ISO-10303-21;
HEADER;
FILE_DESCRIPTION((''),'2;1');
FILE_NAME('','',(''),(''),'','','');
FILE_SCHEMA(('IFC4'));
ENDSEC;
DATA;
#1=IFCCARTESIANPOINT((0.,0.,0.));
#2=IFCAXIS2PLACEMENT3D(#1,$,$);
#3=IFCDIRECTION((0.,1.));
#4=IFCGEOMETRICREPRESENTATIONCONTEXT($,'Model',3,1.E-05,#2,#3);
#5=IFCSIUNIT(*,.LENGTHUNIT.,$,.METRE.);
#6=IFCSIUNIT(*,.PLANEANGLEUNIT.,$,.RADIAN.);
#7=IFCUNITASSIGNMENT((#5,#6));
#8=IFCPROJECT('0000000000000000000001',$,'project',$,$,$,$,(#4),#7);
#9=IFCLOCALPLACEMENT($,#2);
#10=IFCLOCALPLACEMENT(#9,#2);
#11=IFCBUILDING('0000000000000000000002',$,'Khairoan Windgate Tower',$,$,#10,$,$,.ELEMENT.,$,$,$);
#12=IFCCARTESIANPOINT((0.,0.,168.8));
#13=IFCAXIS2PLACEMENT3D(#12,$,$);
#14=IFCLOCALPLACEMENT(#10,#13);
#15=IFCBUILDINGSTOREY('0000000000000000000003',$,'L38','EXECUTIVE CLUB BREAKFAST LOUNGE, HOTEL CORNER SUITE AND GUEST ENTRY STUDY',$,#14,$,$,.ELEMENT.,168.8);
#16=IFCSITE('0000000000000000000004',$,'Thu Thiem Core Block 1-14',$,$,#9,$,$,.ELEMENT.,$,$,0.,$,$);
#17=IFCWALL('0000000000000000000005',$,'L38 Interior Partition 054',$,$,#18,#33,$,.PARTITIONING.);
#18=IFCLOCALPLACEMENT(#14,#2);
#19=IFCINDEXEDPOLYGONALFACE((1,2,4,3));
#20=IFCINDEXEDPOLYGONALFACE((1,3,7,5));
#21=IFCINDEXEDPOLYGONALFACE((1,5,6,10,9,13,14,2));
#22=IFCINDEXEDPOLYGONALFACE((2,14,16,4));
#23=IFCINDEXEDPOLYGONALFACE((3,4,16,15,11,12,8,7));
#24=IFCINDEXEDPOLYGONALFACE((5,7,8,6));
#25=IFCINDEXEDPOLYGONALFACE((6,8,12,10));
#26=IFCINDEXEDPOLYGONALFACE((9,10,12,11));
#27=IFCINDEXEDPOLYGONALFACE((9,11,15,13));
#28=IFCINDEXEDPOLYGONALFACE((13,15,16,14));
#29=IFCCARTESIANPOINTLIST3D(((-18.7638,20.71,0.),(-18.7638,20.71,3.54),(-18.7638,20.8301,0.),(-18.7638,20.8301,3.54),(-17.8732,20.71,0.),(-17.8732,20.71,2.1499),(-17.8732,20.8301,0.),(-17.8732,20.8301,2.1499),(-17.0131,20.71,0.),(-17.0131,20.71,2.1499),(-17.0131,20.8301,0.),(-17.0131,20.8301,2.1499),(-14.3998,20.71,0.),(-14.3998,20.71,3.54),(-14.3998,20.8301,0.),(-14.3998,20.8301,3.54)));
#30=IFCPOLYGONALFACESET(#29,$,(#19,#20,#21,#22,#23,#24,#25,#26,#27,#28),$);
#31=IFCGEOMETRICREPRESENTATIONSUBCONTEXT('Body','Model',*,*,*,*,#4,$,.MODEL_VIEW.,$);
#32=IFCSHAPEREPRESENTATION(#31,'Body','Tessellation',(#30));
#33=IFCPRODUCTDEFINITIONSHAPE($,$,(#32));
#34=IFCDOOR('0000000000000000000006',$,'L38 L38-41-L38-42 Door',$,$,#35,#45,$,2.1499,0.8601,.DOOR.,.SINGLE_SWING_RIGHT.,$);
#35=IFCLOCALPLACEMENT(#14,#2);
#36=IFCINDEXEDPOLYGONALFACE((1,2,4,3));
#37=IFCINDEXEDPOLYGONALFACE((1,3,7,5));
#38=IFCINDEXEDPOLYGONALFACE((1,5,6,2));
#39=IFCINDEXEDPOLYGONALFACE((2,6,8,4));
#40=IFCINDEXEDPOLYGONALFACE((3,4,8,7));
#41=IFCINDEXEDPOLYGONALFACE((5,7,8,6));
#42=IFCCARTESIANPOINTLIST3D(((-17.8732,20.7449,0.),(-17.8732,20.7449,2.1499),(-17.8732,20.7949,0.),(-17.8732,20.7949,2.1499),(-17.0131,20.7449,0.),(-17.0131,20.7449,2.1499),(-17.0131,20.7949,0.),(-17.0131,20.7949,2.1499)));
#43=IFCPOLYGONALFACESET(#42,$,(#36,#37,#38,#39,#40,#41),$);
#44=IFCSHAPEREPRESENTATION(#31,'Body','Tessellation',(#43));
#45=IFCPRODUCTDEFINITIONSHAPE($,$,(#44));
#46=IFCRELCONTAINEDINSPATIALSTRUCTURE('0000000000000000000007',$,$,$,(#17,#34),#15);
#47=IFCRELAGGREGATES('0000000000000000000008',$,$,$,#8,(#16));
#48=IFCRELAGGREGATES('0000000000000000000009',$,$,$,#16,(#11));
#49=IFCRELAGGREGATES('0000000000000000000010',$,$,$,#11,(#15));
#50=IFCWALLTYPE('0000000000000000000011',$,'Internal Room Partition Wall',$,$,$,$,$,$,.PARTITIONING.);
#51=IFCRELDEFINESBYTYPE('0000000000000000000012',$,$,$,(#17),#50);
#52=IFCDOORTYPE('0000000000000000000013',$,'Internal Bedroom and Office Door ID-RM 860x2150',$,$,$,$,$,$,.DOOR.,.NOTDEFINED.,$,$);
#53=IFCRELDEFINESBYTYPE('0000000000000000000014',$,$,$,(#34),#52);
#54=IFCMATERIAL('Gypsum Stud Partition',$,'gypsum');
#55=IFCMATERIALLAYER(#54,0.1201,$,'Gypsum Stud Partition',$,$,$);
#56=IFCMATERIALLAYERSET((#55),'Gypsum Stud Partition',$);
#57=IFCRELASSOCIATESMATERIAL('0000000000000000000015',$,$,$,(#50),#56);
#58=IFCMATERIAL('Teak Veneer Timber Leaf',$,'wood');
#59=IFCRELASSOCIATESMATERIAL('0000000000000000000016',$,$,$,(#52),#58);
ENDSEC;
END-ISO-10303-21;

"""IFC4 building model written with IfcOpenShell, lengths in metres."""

from ifc_helpers import new_model, si_unit, direction, frame, frame_2d, origin, place, context, subcontext, project, spatial, rectangle, extrude, material, layer, layer_set, type_object, element, fill, save


model = new_model("IFC4")

# Units and contexts
model_context = context("Model", 3, precision=1e-05, world=origin(), true_north=direction((0.0, 1.0)))
body_context = subcontext(model_context, "Body", "Model", "MODEL_VIEW")
ifc_project = project(units=[si_unit("LENGTHUNIT", "METRE"), si_unit("PLANEANGLEUNIT", "RADIAN")], contexts=[model_context])

# Site, building, storey
site_placement = place(None, origin())
site = spatial("IfcSite", under=ifc_project, at=site_placement, Name="Thu Thiem Core Block 1-14", CompositionType="ELEMENT", RefElevation=0.0)
building_placement = place(site_placement, origin())
building = spatial("IfcBuilding", under=site, at=building_placement, Name="Khairoan Windgate Tower", CompositionType="ELEMENT")
storey_placement = place(building_placement, frame((0.0, 0.0, 168.8)))
storey = spatial("IfcBuildingStorey", under=building, at=storey_placement, Name="L38", Description="EXECUTIVE CLUB BREAKFAST LOUNGE, HOTEL CORNER SUITE AND GUEST ENTRY STUDY", CompositionType="ELEMENT", Elevation=168.8)

# Wall, opening, door
ifc_material_1 = material(Name="Gypsum Stud Partition", Category="gypsum")
ifc_layer_1 = layer(ifc_material_1, 0.1201, Name="Gypsum Stud Partition")
ifc_layer_set_1 = layer_set([ifc_layer_1], Name="Gypsum Stud Partition")
wall_type_1 = type_object("IfcWallType", Name="Internal Room Partition Wall", PredefinedType="PARTITIONING", material=ifc_layer_set_1)
wall_1_placement = place(storey_placement, frame((-18.7639, 20.77, 0.0), z_axis=(0.0, 0.0, 1.0), x_axis=(1.0, 0.0, 0.0)))
wall_1 = element("IfcWall", 1, at=wall_1_placement, inside=storey, type_object=wall_type_1, Name="L38 Interior Partition 054", PredefinedType="PARTITIONING", context=body_context, shape_type="SweptSolid", body=[
    extrude(rectangle(XDim=4.364, YDim=0.1201, at=frame_2d((2.1821, 0.0))), origin(), (0.0, 0.0, 1.0), 3.54),
])
opening_1_placement = place(wall_1_placement, frame((0.8906, 0.0, 0.0)))
opening_1 = element("IfcOpeningElement", 2, at=opening_1_placement, cuts=wall_1, PredefinedType="OPENING", context=body_context, shape_type="SweptSolid", body=[
    extrude(rectangle(XDim=0.8601, YDim=2.1499, at=frame_2d((0.4302, 1.075))), frame((0.0, 0.0701, 0.0), z_axis=(0.0, -1.0, 0.0), x_axis=(1.0, 0.0, 0.0)), (0.0, 0.0, 1.0), 0.1401),
])
ifc_material_2 = material(Name="Teak Veneer Timber Leaf", Category="wood")
door_type_1 = type_object("IfcDoorType", Name="Internal Bedroom and Office Door ID-RM 860x2150", OperationType="NOTDEFINED", PredefinedType="DOOR", material=ifc_material_2)
door_1_placement = place(opening_1_placement, origin())
door_1 = element("IfcDoor", 3, at=door_1_placement, inside=storey, type_object=door_type_1, Name="L38 L38-41-L38-42 Door", OperationType="SINGLE_SWING_RIGHT", OverallHeight=2.1499, OverallWidth=0.8601, PredefinedType="DOOR", context=body_context, shape_type="SweptSolid", body=[
    extrude(rectangle(XDim=0.8601, YDim=2.1499, at=frame_2d((0.4302, 1.075))), frame((0.0, 0.0249, 0.0), z_axis=(0.0, -1.0, 0.0), x_axis=(1.0, 0.0, 0.0)), (0.0, 0.0, 1.0), 0.05),
])
fill(opening_1, door_1)

save(model, "model.ifc")
